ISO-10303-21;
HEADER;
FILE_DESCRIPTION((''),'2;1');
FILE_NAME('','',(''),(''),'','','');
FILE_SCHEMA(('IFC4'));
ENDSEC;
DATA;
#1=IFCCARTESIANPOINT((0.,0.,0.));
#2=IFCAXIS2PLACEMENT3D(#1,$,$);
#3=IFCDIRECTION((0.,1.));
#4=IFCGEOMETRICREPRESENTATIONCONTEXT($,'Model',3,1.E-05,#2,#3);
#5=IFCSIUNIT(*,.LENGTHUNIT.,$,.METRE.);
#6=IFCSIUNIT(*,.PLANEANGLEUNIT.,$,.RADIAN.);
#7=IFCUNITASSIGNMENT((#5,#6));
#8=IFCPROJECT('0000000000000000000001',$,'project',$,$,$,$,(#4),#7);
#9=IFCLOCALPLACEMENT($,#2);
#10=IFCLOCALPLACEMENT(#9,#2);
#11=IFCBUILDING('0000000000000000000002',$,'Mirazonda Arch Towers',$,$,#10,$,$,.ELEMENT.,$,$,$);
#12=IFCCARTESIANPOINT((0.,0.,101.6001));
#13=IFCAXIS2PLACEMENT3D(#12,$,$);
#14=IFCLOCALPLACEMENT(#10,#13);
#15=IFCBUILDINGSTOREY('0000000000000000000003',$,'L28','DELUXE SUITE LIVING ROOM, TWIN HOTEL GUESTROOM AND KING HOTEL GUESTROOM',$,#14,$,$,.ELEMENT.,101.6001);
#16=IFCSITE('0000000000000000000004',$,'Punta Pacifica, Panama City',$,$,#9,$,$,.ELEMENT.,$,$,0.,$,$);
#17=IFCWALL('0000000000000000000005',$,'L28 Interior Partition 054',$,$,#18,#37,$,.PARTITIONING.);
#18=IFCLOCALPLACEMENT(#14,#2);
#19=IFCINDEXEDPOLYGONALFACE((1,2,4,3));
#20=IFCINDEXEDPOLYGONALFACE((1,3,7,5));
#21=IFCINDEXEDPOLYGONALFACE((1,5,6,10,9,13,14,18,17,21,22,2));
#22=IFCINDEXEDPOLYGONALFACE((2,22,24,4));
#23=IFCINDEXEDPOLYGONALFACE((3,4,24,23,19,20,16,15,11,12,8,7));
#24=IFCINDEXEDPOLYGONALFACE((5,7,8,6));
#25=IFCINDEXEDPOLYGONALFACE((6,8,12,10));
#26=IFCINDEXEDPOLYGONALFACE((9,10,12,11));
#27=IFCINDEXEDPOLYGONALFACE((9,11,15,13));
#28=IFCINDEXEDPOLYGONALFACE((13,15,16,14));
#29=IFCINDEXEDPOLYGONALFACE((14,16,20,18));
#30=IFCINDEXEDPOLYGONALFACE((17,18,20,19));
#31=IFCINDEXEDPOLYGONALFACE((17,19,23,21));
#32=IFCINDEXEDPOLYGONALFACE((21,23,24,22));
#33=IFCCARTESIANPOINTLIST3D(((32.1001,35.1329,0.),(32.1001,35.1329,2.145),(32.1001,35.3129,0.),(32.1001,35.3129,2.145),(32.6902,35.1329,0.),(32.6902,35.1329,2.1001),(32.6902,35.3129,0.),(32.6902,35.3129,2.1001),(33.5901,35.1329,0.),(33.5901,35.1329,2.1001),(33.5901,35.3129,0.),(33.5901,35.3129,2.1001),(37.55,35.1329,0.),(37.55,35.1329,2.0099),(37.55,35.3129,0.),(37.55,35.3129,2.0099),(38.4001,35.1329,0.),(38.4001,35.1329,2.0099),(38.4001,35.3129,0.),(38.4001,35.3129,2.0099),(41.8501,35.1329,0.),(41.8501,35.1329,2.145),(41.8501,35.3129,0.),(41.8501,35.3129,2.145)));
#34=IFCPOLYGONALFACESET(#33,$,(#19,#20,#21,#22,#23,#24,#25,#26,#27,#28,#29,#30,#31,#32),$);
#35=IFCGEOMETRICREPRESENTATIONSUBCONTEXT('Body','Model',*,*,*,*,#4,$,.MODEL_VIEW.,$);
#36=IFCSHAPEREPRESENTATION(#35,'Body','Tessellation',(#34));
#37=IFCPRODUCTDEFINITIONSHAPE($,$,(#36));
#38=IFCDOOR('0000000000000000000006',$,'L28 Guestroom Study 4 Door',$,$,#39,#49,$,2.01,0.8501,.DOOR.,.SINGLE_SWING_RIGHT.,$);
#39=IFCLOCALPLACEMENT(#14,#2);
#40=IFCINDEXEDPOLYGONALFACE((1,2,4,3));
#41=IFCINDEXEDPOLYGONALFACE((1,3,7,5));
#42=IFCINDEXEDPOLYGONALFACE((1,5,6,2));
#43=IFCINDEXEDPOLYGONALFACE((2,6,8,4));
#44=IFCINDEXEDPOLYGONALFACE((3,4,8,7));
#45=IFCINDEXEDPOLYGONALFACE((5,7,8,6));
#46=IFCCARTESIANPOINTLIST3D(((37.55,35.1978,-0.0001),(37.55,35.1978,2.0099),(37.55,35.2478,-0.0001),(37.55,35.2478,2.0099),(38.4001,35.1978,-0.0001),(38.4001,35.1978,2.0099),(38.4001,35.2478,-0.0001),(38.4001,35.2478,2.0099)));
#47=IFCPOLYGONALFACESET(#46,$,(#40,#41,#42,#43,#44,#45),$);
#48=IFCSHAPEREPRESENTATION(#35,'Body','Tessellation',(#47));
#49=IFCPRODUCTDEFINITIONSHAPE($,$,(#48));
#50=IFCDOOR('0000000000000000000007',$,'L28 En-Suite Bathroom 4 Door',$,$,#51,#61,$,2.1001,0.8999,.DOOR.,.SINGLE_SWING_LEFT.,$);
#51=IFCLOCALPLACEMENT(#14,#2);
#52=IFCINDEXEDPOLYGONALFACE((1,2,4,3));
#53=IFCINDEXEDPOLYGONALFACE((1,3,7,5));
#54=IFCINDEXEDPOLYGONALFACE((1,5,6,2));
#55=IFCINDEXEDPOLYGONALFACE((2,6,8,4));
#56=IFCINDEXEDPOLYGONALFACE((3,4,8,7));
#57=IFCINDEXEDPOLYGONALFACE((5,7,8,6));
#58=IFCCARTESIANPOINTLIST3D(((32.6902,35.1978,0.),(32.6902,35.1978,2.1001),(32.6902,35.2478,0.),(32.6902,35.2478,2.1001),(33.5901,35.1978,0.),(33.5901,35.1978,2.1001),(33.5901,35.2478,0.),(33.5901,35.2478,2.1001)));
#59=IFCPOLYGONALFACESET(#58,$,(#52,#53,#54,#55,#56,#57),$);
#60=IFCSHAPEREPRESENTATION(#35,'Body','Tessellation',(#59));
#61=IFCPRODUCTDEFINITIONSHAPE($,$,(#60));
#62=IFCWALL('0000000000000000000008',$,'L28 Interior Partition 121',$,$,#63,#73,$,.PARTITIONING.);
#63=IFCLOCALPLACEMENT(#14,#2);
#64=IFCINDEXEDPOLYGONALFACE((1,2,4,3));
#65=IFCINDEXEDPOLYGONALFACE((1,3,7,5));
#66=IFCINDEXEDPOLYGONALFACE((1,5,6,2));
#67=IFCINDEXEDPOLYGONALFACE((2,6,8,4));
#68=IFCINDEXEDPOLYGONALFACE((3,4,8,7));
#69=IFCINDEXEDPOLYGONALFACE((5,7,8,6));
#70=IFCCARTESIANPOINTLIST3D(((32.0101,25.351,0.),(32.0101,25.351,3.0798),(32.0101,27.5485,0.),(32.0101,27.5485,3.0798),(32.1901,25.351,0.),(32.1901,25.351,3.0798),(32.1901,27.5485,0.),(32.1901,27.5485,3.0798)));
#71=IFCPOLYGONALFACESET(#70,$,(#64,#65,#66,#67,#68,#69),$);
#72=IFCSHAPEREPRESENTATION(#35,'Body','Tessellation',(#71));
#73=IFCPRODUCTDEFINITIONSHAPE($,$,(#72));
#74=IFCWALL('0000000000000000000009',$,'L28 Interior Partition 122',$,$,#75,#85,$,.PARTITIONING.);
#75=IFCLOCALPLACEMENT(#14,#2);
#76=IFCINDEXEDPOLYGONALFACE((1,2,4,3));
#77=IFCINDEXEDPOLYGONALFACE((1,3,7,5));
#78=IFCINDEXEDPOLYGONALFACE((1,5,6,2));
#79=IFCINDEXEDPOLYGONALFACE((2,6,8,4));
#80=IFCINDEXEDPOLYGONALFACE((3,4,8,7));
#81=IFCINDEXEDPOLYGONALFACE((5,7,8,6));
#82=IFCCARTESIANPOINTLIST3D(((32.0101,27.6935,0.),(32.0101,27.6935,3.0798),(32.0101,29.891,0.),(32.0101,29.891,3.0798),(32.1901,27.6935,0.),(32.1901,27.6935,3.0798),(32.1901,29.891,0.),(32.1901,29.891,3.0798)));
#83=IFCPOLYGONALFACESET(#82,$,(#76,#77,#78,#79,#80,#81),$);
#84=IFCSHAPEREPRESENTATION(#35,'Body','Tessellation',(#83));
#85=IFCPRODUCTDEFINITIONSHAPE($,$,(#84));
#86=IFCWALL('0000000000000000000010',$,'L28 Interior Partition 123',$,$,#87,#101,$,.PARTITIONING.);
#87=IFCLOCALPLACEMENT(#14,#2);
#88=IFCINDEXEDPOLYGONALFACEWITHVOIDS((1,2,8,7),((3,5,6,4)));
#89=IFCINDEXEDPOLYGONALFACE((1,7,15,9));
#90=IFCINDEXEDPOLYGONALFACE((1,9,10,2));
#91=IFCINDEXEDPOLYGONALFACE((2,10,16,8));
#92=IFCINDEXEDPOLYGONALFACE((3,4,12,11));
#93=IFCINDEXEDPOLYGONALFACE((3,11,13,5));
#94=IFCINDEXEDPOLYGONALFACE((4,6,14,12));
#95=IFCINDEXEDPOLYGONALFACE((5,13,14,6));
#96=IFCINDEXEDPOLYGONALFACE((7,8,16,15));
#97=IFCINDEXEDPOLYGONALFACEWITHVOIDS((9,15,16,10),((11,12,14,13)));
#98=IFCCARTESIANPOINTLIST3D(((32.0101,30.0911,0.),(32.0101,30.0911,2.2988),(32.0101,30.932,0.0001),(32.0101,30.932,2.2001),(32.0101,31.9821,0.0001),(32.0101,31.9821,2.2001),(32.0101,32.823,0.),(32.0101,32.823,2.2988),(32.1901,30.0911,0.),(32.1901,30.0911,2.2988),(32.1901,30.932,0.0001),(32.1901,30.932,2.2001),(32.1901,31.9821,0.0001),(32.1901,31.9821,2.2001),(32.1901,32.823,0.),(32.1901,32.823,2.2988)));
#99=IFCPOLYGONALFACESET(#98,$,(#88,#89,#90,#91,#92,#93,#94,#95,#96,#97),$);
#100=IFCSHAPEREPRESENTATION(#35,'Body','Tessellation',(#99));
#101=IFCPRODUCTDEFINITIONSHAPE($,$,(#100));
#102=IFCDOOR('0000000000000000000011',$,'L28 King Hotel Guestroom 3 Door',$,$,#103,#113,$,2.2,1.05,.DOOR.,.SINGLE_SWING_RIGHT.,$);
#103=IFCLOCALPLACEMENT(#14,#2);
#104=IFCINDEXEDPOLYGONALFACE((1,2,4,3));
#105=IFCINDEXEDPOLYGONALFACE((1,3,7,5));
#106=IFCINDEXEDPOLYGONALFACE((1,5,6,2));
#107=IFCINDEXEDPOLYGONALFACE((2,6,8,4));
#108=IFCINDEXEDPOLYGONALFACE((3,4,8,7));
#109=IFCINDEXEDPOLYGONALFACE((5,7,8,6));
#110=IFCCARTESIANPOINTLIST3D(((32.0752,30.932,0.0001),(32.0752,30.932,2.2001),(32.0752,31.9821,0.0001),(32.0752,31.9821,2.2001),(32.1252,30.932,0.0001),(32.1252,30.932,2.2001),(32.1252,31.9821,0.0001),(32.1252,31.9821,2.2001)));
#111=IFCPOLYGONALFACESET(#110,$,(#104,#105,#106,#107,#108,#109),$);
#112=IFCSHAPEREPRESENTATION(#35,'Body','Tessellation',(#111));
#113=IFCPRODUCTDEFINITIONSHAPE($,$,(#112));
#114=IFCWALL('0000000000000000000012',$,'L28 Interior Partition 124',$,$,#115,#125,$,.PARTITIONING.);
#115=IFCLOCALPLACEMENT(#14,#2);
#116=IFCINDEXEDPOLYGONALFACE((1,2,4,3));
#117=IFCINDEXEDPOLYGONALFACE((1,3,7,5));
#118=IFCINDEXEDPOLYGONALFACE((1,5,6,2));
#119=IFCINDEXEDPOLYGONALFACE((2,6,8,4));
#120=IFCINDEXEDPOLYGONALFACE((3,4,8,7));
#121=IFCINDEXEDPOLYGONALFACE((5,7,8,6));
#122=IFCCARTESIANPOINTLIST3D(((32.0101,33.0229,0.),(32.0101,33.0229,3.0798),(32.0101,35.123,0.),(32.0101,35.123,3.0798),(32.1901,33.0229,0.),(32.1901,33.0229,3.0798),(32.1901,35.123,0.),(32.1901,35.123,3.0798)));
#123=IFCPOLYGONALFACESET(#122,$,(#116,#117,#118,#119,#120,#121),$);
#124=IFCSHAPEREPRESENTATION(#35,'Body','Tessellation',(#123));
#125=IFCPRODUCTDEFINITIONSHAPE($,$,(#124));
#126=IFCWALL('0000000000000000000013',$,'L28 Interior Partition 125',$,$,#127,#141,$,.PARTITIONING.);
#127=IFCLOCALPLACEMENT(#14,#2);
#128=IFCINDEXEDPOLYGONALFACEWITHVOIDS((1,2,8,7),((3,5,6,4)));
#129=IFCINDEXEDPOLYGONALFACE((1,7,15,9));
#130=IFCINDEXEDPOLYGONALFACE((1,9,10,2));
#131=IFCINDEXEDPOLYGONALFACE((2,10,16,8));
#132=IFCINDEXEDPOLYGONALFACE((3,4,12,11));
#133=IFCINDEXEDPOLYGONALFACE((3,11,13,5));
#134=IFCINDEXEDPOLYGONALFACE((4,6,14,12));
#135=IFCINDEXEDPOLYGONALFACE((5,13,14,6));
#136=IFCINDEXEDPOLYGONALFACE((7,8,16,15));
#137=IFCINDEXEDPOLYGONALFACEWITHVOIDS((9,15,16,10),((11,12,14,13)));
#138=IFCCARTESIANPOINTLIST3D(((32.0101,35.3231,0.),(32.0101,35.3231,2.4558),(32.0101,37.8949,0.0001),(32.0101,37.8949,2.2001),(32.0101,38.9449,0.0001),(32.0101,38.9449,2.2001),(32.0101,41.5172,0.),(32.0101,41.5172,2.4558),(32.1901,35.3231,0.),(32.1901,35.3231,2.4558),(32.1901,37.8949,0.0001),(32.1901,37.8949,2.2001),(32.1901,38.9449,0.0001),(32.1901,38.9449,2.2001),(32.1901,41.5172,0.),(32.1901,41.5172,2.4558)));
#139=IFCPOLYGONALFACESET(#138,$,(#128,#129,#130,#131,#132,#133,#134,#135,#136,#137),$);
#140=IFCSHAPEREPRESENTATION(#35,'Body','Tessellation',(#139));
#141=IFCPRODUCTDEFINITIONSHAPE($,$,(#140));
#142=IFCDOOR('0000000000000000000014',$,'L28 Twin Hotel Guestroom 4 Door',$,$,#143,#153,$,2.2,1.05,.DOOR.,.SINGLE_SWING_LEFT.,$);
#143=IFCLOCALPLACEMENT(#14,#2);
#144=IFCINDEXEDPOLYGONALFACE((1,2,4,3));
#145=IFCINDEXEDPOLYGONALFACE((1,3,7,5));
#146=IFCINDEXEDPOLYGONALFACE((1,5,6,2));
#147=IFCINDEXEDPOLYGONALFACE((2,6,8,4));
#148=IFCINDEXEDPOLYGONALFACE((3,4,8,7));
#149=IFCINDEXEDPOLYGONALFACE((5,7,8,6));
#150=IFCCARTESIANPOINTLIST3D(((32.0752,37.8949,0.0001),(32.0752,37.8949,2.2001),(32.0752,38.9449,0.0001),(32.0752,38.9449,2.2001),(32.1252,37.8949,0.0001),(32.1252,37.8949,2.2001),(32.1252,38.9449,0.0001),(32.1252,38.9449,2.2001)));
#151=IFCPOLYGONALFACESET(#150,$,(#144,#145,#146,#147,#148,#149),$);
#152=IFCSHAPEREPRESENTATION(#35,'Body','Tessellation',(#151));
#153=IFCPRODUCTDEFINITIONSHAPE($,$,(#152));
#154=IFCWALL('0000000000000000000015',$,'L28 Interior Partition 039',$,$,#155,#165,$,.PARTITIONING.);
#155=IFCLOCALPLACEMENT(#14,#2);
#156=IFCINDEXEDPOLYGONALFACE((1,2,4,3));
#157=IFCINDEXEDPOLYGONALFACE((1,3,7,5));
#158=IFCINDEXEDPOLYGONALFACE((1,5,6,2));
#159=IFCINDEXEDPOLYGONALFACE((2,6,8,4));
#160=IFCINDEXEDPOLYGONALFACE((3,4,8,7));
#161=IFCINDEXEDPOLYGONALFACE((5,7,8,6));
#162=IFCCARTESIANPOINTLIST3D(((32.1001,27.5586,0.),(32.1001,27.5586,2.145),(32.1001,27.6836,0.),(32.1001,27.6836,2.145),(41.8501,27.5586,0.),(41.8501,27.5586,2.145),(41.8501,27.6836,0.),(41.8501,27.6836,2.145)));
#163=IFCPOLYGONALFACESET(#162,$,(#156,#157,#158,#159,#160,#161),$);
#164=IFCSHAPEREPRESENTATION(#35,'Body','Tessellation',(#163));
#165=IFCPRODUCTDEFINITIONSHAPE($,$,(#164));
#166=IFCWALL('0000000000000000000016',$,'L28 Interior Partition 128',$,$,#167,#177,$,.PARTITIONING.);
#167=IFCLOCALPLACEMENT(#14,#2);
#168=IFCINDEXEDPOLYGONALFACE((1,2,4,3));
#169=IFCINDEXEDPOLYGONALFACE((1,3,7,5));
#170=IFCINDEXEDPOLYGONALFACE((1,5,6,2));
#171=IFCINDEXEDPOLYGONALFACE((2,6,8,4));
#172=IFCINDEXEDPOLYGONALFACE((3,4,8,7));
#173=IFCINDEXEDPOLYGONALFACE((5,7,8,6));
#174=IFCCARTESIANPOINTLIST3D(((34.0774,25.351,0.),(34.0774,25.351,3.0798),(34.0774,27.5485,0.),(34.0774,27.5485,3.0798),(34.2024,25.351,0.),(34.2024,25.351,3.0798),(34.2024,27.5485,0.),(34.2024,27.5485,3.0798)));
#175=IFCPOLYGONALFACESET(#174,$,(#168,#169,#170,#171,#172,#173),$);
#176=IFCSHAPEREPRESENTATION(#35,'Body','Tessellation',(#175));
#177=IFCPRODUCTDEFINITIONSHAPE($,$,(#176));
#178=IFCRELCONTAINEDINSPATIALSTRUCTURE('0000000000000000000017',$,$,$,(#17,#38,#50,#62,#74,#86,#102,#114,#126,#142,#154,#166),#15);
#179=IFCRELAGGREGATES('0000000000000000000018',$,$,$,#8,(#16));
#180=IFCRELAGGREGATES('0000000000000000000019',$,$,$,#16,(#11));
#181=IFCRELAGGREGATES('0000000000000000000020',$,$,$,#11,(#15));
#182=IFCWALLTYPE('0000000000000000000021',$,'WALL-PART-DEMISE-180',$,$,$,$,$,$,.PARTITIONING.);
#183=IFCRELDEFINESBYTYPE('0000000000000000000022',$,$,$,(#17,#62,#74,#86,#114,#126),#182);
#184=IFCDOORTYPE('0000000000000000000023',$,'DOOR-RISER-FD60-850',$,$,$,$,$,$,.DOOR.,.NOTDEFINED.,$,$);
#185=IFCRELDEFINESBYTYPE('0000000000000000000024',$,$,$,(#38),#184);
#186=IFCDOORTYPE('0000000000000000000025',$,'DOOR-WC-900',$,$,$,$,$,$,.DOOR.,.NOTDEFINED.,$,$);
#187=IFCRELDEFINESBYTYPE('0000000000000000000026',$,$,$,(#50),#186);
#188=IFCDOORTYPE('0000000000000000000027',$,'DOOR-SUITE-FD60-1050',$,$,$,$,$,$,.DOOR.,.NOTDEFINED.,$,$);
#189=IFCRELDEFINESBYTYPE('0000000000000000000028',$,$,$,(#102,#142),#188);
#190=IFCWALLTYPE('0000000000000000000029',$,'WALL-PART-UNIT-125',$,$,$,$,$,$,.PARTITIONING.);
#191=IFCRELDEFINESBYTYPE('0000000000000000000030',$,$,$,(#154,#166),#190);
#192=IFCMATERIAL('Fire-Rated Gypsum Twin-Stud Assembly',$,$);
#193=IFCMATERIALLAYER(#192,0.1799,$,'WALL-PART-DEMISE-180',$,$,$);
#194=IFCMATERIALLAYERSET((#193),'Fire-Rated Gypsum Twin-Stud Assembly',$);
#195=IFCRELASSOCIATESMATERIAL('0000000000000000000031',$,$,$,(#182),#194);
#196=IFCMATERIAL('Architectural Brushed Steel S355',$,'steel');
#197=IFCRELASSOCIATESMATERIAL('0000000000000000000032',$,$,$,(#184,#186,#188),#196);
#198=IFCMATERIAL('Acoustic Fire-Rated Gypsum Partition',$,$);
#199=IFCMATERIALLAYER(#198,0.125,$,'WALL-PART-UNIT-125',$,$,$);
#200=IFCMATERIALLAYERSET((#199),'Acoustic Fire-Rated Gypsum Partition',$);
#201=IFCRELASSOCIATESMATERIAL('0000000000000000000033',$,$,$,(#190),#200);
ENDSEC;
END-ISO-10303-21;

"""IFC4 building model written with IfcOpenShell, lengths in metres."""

from ifc_helpers import new_model, si_unit, direction, frame, frame_2d, origin, place, context, subcontext, project, spatial, rectangle, extrude, material, layer, layer_set, type_object, element, fill, save


model = new_model("IFC4")

# Units and contexts
model_context = context("Model", 3, precision=1e-05, world=origin(), true_north=direction((0.0, 1.0)))
body_context = subcontext(model_context, "Body", "Model", "MODEL_VIEW")
ifc_project = project(units=[si_unit("LENGTHUNIT", "METRE"), si_unit("PLANEANGLEUNIT", "RADIAN")], contexts=[model_context])

# Site, building, storey
site_placement = place(None, origin())
site = spatial("IfcSite", under=ifc_project, at=site_placement, Name="Punta Pacifica, Panama City", CompositionType="ELEMENT", RefElevation=0.0)
building_placement = place(site_placement, origin())
building = spatial("IfcBuilding", under=site, at=building_placement, Name="Mirazonda Arch Towers", CompositionType="ELEMENT")
storey_placement = place(building_placement, frame((0.0, 0.0, 101.6001)))
storey = spatial("IfcBuildingStorey", under=building, at=storey_placement, Name="L28", Description="DELUXE SUITE LIVING ROOM, TWIN HOTEL GUESTROOM AND KING HOTEL GUESTROOM", CompositionType="ELEMENT", Elevation=101.6001)

# Shared definitions
ifc_material_1 = material(Name="Fire-Rated Gypsum Twin-Stud Assembly")
ifc_layer_1 = layer(ifc_material_1, 0.1799, Name="WALL-PART-DEMISE-180")
ifc_layer_set_1 = layer_set([ifc_layer_1], Name="Fire-Rated Gypsum Twin-Stud Assembly")
wall_type_1 = type_object("IfcWallType", Name="WALL-PART-DEMISE-180", PredefinedType="PARTITIONING", material=ifc_layer_set_1)
ifc_material_2 = material(Name="Architectural Brushed Steel S355", Category="steel")
door_type_1 = type_object("IfcDoorType", Name="DOOR-RISER-FD60-850", OperationType="NOTDEFINED", PredefinedType="DOOR", material=ifc_material_2)
door_type_2 = type_object("IfcDoorType", Name="DOOR-WC-900", OperationType="NOTDEFINED", PredefinedType="DOOR", material=ifc_material_2)

# Wall, openings, doors
wall_1_placement = place(storey_placement, frame((32.1001, 35.2229, 0.0), z_axis=(0.0, 0.0, 1.0), x_axis=(1.0, 0.0, 0.0)))
wall_1 = element("IfcWall", 1, at=wall_1_placement, inside=storey, type_object=wall_type_1, Name="L28 Interior Partition 054", PredefinedType="PARTITIONING", context=body_context, shape_type="SweptSolid", body=[
    extrude(rectangle(XDim=9.75, YDim=0.1799, at=frame_2d((4.875, 0.0))), origin(), (0.0, 0.0, 1.0), 2.145),
])
opening_1_placement = place(wall_1_placement, frame((5.45, 0.0, 0.0)))
opening_1 = element("IfcOpeningElement", 2, at=opening_1_placement, cuts=wall_1, PredefinedType="OPENING", context=body_context, shape_type="SweptSolid", body=[
    extrude(rectangle(XDim=0.8501, YDim=2.01, at=frame_2d((0.425, 1.0049))), frame((0.0, 0.0999, 0.0), z_axis=(0.0, -1.0, 0.0), x_axis=(1.0, 0.0, 0.0)), (0.0, 0.0, 1.0), 0.2),
])
opening_2_placement = place(wall_1_placement, frame((0.5901, 0.0, 0.0)))
opening_2 = element("IfcOpeningElement", 3, at=opening_2_placement, cuts=wall_1, PredefinedType="OPENING", context=body_context, shape_type="SweptSolid", body=[
    extrude(rectangle(XDim=0.8999, YDim=2.1001, at=frame_2d((0.45, 1.05))), frame((0.0, 0.0999, 0.0), z_axis=(0.0, -1.0, 0.0), x_axis=(1.0, 0.0, 0.0)), (0.0, 0.0, 1.0), 0.2),
])
door_1_placement = place(opening_1_placement, origin())
door_1 = element("IfcDoor", 4, at=door_1_placement, inside=storey, type_object=door_type_1, Name="L28 Guestroom Study 4 Door", OperationType="SINGLE_SWING_RIGHT", OverallHeight=2.01, OverallWidth=0.8501, PredefinedType="DOOR", context=body_context, shape_type="SweptSolid", body=[
    extrude(rectangle(XDim=0.8501, YDim=2.01, at=frame_2d((0.425, 1.0049))), frame((0.0, 0.0249, 0.0), z_axis=(0.0, -1.0, 0.0), x_axis=(1.0, 0.0, 0.0)), (0.0, 0.0, 1.0), 0.05),
])
fill(opening_1, door_1)
door_2_placement = place(opening_2_placement, origin())
door_2 = element("IfcDoor", 5, at=door_2_placement, inside=storey, type_object=door_type_2, Name="L28 En-Suite Bathroom 4 Door", OperationType="SINGLE_SWING_LEFT", OverallHeight=2.1001, OverallWidth=0.8999, PredefinedType="DOOR", context=body_context, shape_type="SweptSolid", body=[
    extrude(rectangle(XDim=0.8999, YDim=2.1001, at=frame_2d((0.45, 1.05))), frame((0.0, 0.0249, 0.0), z_axis=(0.0, -1.0, 0.0), x_axis=(1.0, 0.0, 0.0)), (0.0, 0.0, 1.0), 0.05),
])
fill(opening_2, door_2)

# Walls
for number, where, z_axis, x_axis, name in (
    (6, (32.1001, 25.3511, 0.0), (0.0, 0.0, 1.0), (0.0, 1.0, 0.0), "L28 Interior Partition 121"),
    (7, (32.1001, 27.6936, 0.0), (0.0, 0.0, 1.0), (0.0, 1.0, 0.0), "L28 Interior Partition 122"),
):
    element("IfcWall", number, at=place(storey_placement, frame(where, z_axis=z_axis, x_axis=x_axis)), inside=storey, type_object=wall_type_1, Name=name, PredefinedType="PARTITIONING", context=body_context, shape_type="SweptSolid", body=[
        extrude(rectangle(XDim=2.1975, YDim=0.1799, at=frame_2d((1.0986, 0.0))), origin(), (0.0, 0.0, 1.0), 3.0798),
    ])

# Wall, opening, door
wall_2_placement = place(storey_placement, frame((32.1001, 30.0911, 0.0), z_axis=(0.0, 0.0, 1.0), x_axis=(0.0, 1.0, 0.0)))
wall_2 = element("IfcWall", 8, at=wall_2_placement, inside=storey, type_object=wall_type_1, Name="L28 Interior Partition 123", PredefinedType="PARTITIONING", context=body_context, shape_type="SweptSolid", body=[
    extrude(rectangle(XDim=2.7319, YDim=0.1799, at=frame_2d((1.366, 0.0))), origin(), (0.0, 0.0, 1.0), 2.2988),
])
opening_3_placement = place(wall_2_placement, frame((0.8411, 0.0, 0.0)))
opening_3 = element("IfcOpeningElement", 9, at=opening_3_placement, cuts=wall_2, PredefinedType="OPENING", context=body_context, shape_type="SweptSolid", body=[
    extrude(rectangle(XDim=1.05, YDim=2.2, at=frame_2d((0.5249, 1.1001))), frame((0.0, 0.0999, 0.0), z_axis=(0.0, -1.0, 0.0), x_axis=(1.0, 0.0, 0.0)), (0.0, 0.0, 1.0), 0.2),
])
door_type_3 = type_object("IfcDoorType", Name="DOOR-SUITE-FD60-1050", OperationType="NOTDEFINED", PredefinedType="DOOR", material=ifc_material_2)
door_3_placement = place(opening_3_placement, origin())
door_3 = element("IfcDoor", 10, at=door_3_placement, inside=storey, type_object=door_type_3, Name="L28 King Hotel Guestroom 3 Door", OperationType="SINGLE_SWING_RIGHT", OverallHeight=2.2, OverallWidth=1.05, PredefinedType="DOOR", context=body_context, shape_type="SweptSolid", body=[
    extrude(rectangle(XDim=1.05, YDim=2.2, at=frame_2d((0.5249, 1.1001))), frame((0.0, 0.0249, 0.0), z_axis=(0.0, -1.0, 0.0), x_axis=(1.0, 0.0, 0.0)), (0.0, 0.0, 1.0), 0.05),
])
fill(opening_3, door_3)

# Wall
wall_3_placement = place(storey_placement, frame((32.1001, 33.0229, 0.0), z_axis=(0.0, 0.0, 1.0), x_axis=(0.0, 1.0, 0.0)))
element("IfcWall", 11, at=wall_3_placement, inside=storey, type_object=wall_type_1, Name="L28 Interior Partition 124", PredefinedType="PARTITIONING", context=body_context, shape_type="SweptSolid", body=[
    extrude(rectangle(XDim=2.1001, YDim=0.1799, at=frame_2d((1.05, 0.0))), origin(), (0.0, 0.0, 1.0), 3.0798),
])

# Wall, opening, door
wall_4_placement = place(storey_placement, frame((32.1001, 35.323, 0.0), z_axis=(0.0, 0.0, 1.0), x_axis=(0.0, 1.0, 0.0)))
wall_4 = element("IfcWall", 12, at=wall_4_placement, inside=storey, type_object=wall_type_1, Name="L28 Interior Partition 125", PredefinedType="PARTITIONING", context=body_context, shape_type="SweptSolid", body=[
    extrude(rectangle(XDim=6.1941, YDim=0.1799, at=frame_2d((3.0972, 0.0))), origin(), (0.0, 0.0, 1.0), 2.4558),
])
opening_4_placement = place(wall_4_placement, frame((2.572, 0.0, 0.0)))
opening_4 = element("IfcOpeningElement", 13, at=opening_4_placement, cuts=wall_4, PredefinedType="OPENING", context=body_context, shape_type="SweptSolid", body=[
    extrude(rectangle(XDim=1.05, YDim=2.2, at=frame_2d((0.5249, 1.1001))), frame((0.0, 0.0999, 0.0), z_axis=(0.0, -1.0, 0.0), x_axis=(1.0, 0.0, 0.0)), (0.0, 0.0, 1.0), 0.2),
])
door_4_placement = place(opening_4_placement, origin())
door_4 = element("IfcDoor", 14, at=door_4_placement, inside=storey, type_object=door_type_3, Name="L28 Twin Hotel Guestroom 4 Door", OperationType="SINGLE_SWING_LEFT", OverallHeight=2.2, OverallWidth=1.05, PredefinedType="DOOR", context=body_context, shape_type="SweptSolid", body=[
    extrude(rectangle(XDim=1.05, YDim=2.2, at=frame_2d((0.5249, 1.1001))), frame((0.0, 0.0249, 0.0), z_axis=(0.0, -1.0, 0.0), x_axis=(1.0, 0.0, 0.0)), (0.0, 0.0, 1.0), 0.05),
])
fill(opening_4, door_4)

# Walls
ifc_material_3 = material(Name="Acoustic Fire-Rated Gypsum Partition")
ifc_layer_2 = layer(ifc_material_3, 0.125, Name="WALL-PART-UNIT-125")
ifc_layer_set_2 = layer_set([ifc_layer_2], Name="Acoustic Fire-Rated Gypsum Partition")
wall_type_2 = type_object("IfcWallType", Name="WALL-PART-UNIT-125", PredefinedType="PARTITIONING", material=ifc_layer_set_2)
wall_5_placement = place(storey_placement, frame((32.1001, 27.6211, 0.0), z_axis=(0.0, 0.0, 1.0), x_axis=(1.0, 0.0, 0.0)))
element("IfcWall", 15, at=wall_5_placement, inside=storey, type_object=wall_type_2, Name="L28 Interior Partition 039", PredefinedType="PARTITIONING", context=body_context, shape_type="SweptSolid", body=[
    extrude(rectangle(XDim=9.75, YDim=0.125, at=frame_2d((4.875, 0.0))), origin(), (0.0, 0.0, 1.0), 2.145),
])
wall_6_placement = place(storey_placement, frame((34.1399, 25.3511, 0.0), z_axis=(0.0, 0.0, 1.0), x_axis=(0.0, 1.0, 0.0)))
element("IfcWall", 16, at=wall_6_placement, inside=storey, type_object=wall_type_2, Name="L28 Interior Partition 128", PredefinedType="PARTITIONING", context=body_context, shape_type="SweptSolid", body=[
    extrude(rectangle(XDim=2.1975, YDim=0.125, at=frame_2d((1.0986, 0.0))), origin(), (0.0, 0.0, 1.0), 3.0798),
])

save(model, "model.ifc")
